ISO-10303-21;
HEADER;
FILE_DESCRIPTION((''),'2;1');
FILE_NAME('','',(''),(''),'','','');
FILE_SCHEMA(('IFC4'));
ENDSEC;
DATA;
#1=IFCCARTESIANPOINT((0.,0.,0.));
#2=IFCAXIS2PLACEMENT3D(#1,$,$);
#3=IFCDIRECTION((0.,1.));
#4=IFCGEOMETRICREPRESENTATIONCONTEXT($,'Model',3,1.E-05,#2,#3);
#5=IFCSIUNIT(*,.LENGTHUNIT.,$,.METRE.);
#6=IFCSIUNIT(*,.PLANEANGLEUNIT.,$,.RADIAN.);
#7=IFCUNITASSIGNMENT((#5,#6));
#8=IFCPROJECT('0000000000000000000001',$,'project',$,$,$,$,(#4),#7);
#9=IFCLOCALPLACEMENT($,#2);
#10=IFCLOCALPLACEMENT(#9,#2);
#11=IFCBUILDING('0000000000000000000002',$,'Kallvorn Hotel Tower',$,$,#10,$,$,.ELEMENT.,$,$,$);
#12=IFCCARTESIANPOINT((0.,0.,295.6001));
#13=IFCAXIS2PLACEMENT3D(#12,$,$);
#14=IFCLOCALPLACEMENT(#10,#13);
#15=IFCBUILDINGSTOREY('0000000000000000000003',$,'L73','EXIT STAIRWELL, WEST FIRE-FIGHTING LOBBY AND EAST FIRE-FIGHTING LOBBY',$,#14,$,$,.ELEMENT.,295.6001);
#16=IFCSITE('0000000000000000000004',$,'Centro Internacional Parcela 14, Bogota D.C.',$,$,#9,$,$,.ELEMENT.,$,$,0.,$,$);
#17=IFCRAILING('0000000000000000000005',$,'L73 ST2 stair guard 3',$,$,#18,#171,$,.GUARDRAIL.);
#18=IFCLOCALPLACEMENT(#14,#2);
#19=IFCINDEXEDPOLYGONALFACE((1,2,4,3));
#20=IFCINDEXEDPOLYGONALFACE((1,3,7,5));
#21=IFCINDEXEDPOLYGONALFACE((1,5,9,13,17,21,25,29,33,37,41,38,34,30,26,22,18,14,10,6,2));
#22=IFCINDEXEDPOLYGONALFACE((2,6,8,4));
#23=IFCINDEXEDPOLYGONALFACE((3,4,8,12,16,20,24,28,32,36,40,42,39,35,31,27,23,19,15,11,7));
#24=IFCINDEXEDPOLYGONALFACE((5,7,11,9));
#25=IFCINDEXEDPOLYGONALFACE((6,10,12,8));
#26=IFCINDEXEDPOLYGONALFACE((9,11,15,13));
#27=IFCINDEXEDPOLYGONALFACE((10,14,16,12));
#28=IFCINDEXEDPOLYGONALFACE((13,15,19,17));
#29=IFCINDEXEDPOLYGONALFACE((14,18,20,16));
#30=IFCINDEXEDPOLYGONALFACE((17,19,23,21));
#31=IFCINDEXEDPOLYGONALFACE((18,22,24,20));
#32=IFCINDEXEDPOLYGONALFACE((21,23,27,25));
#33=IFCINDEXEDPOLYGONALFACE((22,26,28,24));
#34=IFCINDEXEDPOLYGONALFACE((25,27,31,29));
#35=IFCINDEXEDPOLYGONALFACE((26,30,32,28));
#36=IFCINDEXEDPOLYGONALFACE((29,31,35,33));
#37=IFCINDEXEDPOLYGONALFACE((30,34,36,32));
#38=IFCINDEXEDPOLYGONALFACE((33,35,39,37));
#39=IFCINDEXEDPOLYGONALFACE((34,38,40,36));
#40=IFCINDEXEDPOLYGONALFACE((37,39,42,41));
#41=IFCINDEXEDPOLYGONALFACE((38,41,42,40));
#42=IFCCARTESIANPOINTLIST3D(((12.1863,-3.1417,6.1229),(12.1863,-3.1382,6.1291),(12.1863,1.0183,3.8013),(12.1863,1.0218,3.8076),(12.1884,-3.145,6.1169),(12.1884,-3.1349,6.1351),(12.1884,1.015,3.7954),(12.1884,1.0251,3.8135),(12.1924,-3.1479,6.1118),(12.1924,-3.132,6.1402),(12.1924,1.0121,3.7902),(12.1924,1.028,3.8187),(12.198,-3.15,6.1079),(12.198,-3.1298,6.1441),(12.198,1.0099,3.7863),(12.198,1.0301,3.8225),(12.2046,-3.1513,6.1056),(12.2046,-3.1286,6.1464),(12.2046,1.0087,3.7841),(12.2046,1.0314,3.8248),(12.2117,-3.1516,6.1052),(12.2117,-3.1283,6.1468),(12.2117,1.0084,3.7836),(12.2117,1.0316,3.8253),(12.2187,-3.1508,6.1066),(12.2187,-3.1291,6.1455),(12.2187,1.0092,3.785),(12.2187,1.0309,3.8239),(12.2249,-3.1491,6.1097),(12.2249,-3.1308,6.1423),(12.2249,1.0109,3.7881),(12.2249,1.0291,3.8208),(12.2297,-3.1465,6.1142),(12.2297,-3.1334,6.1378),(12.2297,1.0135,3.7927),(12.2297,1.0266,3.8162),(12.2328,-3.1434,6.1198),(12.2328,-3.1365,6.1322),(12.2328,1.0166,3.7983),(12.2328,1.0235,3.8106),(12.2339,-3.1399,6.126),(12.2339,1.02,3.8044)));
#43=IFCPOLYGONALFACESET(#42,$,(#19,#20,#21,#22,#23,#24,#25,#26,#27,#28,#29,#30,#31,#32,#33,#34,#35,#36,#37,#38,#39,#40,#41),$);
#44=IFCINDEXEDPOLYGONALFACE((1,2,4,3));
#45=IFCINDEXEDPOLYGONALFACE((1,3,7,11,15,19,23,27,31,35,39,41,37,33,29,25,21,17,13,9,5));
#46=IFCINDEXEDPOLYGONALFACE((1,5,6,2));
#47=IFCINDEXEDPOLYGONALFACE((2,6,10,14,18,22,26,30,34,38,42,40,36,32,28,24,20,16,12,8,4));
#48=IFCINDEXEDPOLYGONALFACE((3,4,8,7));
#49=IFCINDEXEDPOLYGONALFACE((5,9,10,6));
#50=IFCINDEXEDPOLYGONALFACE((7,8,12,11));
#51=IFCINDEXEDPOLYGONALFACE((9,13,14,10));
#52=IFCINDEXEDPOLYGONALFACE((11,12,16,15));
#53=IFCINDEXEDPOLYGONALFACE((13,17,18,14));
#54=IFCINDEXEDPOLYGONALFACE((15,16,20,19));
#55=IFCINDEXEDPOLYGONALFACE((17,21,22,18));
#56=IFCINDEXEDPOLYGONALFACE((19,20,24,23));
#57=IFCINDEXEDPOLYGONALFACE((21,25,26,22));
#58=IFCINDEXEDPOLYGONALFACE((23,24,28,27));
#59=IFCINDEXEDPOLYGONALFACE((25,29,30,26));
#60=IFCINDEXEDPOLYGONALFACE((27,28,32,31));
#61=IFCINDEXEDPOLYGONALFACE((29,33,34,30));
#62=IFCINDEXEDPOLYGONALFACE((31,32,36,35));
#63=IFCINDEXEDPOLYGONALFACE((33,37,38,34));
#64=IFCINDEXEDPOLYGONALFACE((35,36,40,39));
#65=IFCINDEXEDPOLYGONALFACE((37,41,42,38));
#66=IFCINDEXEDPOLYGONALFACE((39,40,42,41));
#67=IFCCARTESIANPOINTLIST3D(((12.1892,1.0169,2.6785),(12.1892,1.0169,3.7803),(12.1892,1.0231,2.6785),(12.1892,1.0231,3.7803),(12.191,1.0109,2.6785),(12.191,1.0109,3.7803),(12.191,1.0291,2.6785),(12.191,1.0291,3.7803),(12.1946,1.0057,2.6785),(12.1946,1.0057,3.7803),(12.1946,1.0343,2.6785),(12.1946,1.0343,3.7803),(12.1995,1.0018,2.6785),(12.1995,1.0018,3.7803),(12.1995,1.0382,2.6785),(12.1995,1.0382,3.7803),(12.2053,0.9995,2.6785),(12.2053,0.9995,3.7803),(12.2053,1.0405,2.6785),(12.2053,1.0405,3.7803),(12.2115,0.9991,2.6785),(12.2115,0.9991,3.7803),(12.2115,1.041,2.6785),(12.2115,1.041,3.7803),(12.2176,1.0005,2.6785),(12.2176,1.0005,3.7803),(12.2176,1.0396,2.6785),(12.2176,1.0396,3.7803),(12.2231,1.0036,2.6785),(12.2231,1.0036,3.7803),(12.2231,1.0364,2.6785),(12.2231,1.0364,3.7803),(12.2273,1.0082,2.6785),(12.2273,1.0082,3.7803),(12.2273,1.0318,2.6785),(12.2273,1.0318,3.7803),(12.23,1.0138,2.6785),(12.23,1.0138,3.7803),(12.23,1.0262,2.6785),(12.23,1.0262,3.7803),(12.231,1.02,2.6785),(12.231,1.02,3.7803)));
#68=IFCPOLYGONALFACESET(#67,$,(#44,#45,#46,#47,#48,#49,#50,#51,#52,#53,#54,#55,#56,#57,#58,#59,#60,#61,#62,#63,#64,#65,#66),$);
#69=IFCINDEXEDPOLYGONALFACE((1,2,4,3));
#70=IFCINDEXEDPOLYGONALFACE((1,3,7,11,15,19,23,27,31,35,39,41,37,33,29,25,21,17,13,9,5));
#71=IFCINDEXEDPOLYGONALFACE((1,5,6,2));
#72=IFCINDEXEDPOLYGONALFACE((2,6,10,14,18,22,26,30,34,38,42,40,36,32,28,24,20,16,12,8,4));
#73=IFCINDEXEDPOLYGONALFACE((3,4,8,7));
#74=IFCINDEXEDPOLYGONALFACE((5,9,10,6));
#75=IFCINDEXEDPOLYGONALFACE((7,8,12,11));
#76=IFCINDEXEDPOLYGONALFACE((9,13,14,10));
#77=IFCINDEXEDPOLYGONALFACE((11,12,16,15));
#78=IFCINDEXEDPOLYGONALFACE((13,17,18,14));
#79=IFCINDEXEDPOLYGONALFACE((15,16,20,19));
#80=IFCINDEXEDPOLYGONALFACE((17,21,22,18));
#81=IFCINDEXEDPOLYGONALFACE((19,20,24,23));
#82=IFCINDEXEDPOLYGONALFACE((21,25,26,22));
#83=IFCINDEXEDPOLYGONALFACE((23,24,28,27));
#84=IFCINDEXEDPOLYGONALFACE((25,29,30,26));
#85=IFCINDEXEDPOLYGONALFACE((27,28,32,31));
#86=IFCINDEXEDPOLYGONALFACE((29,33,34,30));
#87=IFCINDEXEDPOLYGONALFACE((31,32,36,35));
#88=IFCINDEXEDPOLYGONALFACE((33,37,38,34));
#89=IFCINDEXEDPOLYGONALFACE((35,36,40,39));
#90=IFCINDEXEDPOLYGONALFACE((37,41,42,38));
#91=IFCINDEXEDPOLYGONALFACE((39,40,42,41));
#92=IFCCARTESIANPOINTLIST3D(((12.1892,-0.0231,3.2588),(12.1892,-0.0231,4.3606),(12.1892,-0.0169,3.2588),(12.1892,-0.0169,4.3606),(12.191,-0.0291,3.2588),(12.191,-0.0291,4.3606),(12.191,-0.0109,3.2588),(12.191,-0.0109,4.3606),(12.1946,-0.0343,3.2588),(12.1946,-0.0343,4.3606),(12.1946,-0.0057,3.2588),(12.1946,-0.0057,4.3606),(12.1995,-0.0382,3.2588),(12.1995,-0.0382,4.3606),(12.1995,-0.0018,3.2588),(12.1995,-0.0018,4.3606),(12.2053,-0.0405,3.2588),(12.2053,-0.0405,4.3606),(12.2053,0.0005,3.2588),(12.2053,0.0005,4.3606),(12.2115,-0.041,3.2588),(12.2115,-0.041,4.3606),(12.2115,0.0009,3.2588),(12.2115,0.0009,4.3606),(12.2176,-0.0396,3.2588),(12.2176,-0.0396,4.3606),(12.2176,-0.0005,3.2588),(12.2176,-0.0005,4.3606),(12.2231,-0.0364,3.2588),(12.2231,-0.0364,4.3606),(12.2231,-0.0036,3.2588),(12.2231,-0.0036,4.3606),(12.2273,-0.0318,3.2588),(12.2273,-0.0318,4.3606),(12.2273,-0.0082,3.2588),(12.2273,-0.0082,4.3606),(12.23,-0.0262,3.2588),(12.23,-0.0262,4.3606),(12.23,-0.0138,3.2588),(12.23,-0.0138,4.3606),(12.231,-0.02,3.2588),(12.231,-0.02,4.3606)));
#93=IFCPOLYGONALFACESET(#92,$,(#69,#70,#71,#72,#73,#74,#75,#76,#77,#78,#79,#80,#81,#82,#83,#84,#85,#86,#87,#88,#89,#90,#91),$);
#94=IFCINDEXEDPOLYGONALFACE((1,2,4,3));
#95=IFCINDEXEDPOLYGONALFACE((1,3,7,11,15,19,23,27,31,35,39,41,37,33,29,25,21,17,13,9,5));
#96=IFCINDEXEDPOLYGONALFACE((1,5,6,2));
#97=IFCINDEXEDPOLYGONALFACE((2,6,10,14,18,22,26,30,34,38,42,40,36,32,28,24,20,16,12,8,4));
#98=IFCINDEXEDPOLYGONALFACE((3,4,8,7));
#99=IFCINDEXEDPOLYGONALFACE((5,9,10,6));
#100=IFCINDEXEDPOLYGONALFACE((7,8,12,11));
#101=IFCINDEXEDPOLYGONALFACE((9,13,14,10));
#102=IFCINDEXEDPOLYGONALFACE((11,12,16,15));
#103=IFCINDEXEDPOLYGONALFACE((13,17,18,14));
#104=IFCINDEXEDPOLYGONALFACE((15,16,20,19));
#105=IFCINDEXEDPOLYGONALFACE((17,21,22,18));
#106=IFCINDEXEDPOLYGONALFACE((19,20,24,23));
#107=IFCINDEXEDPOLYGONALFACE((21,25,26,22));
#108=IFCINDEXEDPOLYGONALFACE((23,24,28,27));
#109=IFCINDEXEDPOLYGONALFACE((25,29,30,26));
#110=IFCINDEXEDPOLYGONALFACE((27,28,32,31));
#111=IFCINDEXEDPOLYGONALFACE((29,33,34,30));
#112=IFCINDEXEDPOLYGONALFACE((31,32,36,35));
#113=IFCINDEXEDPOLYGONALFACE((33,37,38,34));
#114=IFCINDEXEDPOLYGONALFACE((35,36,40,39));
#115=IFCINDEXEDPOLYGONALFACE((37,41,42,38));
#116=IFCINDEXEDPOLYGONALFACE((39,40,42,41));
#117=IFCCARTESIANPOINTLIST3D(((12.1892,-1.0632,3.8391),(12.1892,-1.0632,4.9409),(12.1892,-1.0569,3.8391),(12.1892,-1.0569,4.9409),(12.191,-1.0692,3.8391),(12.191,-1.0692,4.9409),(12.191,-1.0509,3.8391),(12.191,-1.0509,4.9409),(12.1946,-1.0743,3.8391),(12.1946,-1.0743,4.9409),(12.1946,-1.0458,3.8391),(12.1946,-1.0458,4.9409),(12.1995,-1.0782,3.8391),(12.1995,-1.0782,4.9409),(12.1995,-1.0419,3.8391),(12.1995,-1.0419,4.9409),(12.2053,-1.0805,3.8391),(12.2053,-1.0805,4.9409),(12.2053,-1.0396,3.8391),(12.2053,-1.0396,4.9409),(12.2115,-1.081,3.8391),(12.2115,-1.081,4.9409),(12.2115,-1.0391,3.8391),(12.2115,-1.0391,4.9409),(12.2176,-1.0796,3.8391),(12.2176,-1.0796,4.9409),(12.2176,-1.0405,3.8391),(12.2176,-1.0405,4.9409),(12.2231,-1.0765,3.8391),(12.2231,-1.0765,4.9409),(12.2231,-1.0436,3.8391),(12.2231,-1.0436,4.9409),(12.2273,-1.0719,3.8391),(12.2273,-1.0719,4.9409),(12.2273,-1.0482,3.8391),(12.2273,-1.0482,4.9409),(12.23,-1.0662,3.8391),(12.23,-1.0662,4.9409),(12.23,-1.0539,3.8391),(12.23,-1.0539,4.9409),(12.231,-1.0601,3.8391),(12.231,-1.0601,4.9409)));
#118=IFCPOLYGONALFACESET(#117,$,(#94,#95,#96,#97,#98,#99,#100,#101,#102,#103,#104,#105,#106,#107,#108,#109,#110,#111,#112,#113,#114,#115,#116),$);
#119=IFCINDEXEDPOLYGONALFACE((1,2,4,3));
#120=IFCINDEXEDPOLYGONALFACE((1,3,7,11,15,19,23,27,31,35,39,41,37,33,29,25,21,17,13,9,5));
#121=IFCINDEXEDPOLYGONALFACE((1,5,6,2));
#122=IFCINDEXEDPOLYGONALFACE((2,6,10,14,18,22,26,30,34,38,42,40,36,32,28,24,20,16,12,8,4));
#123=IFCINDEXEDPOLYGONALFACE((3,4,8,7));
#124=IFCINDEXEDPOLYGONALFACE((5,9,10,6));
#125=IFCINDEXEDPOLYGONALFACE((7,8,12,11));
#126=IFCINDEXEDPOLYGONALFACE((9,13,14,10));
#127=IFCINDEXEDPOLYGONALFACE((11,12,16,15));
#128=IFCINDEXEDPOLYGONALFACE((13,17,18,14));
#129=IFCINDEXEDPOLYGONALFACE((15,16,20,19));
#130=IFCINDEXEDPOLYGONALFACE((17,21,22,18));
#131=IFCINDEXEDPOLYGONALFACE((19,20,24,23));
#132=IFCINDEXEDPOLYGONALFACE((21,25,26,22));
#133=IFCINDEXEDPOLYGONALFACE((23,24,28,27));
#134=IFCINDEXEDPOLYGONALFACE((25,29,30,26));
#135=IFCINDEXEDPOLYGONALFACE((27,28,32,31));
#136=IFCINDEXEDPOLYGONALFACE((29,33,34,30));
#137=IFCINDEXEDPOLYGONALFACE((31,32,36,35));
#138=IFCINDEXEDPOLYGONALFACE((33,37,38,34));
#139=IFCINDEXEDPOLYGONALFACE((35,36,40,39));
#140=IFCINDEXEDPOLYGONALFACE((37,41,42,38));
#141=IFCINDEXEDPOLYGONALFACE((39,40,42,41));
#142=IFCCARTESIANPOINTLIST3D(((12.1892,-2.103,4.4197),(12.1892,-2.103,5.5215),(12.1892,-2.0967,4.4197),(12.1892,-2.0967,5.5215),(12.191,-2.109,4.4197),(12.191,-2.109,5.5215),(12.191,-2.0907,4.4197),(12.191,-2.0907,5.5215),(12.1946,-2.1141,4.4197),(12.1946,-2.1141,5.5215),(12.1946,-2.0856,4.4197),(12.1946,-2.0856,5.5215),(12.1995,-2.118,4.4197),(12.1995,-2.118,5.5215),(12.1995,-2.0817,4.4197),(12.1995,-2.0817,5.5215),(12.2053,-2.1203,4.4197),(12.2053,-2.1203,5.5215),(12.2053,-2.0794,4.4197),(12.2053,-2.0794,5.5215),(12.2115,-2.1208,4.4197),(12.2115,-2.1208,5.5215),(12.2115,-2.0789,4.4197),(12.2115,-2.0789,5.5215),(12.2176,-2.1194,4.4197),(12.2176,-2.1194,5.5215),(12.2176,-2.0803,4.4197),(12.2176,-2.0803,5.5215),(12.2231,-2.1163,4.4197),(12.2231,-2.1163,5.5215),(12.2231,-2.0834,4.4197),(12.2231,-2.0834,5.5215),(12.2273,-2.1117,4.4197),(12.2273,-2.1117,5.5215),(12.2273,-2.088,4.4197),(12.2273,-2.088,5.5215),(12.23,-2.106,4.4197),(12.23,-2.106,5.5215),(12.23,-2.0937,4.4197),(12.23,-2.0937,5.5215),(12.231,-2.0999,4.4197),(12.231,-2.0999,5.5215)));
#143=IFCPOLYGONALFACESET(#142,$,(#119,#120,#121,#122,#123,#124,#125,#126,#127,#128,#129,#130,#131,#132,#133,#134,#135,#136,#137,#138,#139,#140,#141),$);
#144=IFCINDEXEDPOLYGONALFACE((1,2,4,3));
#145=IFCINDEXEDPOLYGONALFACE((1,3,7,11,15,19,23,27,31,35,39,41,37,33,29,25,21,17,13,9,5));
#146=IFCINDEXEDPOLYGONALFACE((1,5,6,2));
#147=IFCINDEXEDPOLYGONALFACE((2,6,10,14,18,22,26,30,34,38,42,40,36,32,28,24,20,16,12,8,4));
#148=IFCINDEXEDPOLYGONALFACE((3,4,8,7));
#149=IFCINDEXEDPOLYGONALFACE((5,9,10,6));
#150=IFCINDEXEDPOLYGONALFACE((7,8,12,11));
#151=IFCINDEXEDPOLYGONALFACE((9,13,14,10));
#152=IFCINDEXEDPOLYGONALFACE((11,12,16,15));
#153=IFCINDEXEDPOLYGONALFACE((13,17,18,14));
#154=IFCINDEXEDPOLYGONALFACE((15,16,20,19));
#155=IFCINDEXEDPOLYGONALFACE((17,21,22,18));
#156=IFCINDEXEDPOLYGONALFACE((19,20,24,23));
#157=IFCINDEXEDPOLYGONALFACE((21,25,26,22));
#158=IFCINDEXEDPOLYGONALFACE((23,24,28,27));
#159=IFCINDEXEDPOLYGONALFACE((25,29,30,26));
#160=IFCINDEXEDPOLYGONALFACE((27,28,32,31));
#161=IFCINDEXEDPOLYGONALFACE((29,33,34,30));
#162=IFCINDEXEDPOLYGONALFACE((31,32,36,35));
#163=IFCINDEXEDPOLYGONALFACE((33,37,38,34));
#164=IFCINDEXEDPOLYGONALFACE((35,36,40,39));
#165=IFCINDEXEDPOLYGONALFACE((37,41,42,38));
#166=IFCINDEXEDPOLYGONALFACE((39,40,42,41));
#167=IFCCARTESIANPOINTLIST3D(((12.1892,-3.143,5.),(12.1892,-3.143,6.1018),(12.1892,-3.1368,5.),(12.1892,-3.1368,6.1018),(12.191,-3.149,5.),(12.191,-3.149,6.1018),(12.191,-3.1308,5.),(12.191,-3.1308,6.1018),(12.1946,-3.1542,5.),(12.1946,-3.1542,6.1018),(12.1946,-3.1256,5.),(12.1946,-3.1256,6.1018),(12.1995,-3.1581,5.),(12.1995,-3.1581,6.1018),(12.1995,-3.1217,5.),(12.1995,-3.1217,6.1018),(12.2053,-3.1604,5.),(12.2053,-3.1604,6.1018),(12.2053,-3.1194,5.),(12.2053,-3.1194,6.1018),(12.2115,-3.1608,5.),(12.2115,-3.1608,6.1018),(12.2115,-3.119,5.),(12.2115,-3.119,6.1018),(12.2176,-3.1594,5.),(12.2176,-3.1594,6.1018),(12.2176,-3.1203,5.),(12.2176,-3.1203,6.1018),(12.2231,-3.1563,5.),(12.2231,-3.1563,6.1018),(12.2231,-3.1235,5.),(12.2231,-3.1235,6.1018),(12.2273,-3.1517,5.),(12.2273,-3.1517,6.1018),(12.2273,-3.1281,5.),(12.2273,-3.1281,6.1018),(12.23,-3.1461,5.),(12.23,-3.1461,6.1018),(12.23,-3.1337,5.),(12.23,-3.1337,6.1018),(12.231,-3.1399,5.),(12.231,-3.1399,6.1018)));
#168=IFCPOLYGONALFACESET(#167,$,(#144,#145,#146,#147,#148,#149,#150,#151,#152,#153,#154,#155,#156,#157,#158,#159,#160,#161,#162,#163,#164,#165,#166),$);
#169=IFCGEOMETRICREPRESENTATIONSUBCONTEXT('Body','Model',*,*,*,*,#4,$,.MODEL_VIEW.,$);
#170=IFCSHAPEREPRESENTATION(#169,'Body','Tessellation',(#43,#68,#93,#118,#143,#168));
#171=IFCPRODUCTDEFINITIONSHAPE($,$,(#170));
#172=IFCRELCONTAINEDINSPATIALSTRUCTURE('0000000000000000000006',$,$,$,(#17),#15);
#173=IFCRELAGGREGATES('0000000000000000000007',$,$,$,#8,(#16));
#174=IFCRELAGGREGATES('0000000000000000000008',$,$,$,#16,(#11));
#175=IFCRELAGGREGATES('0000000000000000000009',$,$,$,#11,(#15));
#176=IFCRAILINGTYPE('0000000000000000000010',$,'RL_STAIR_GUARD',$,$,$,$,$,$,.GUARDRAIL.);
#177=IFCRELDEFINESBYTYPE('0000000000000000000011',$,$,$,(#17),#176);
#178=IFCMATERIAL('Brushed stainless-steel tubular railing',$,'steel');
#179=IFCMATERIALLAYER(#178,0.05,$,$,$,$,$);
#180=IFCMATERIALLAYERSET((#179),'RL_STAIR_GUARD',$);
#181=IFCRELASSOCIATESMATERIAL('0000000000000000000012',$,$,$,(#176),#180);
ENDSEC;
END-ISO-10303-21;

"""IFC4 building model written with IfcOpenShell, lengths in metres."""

from ifc_helpers import new_model, si_unit, direction, frame, origin, origin_2d, place, context, subcontext, project, spatial, circle, extrude, material, layer, layer_set, type_object, element, save


model = new_model("IFC4")

# Units and contexts
model_context = context("Model", 3, precision=1e-05, world=origin(), true_north=direction((0.0, 1.0)))
body_context = subcontext(model_context, "Body", "Model", "MODEL_VIEW")
ifc_project = project(units=[si_unit("LENGTHUNIT", "METRE"), si_unit("PLANEANGLEUNIT", "RADIAN")], contexts=[model_context])

# Site, building, storey
site_placement = place(None, origin())
site = spatial("IfcSite", under=ifc_project, at=site_placement, Name="Centro Internacional Parcela 14, Bogota D.C.", CompositionType="ELEMENT", RefElevation=0.0)
building_placement = place(site_placement, origin())
building = spatial("IfcBuilding", under=site, at=building_placement, Name="Kallvorn Hotel Tower", CompositionType="ELEMENT")
storey_placement = place(building_placement, frame((0.0, 0.0, 295.6001)))
storey = spatial("IfcBuildingStorey", under=building, at=storey_placement, Name="L73", Description="EXIT STAIRWELL, WEST FIRE-FIGHTING LOBBY AND EAST FIRE-FIGHTING LOBBY", CompositionType="ELEMENT", Elevation=295.6001)

# Railing
ifc_material_1 = material(Name="Brushed stainless-steel tubular railing", Category="steel")
ifc_layer_1 = layer(ifc_material_1, 0.05)
ifc_layer_set_1 = layer_set([ifc_layer_1], Name="RL_STAIR_GUARD")
railing_type_1 = type_object("IfcRailingType", Name="RL_STAIR_GUARD", PredefinedType="GUARDRAIL", material=ifc_layer_set_1)
railing_1_placement = place(storey_placement, frame((12.21, 1.02, 2.6785)))
element("IfcRailing", 1, at=railing_1_placement, inside=storey, type_object=railing_type_1, Name="L73 ST2 stair guard 3", PredefinedType="GUARDRAIL", context=body_context, shape_type="SweptSolid", body=[
    extrude(circle(Radius=0.0239, at=origin_2d()), frame((0.0, 0.0, 1.126), z_axis=(0.0, -0.873223, 0.487322), x_axis=(1.0, 0.0, 0.0)), (0.0, 0.0, 1.0), 4.7639),
    extrude(circle(Radius=0.021, at=origin_2d()), origin(), (0.0, 0.0, 1.0), 1.1018),
    extrude(circle(Radius=0.021, at=origin_2d()), frame((0.0, -1.04, 0.5803)), (0.0, 0.0, 1.0), 1.1018),
    extrude(circle(Radius=0.021, at=origin_2d()), frame((0.0, -2.0801, 1.1606)), (0.0, 0.0, 1.0), 1.1018),
    extrude(circle(Radius=0.021, at=origin_2d()), frame((0.0, -3.1199, 1.7412)), (0.0, 0.0, 1.0), 1.1018),
    extrude(circle(Radius=0.021, at=origin_2d()), frame((0.0, -4.1599, 2.3215)), (0.0, 0.0, 1.0), 1.1018),
])

save(model, "model.ifc")
